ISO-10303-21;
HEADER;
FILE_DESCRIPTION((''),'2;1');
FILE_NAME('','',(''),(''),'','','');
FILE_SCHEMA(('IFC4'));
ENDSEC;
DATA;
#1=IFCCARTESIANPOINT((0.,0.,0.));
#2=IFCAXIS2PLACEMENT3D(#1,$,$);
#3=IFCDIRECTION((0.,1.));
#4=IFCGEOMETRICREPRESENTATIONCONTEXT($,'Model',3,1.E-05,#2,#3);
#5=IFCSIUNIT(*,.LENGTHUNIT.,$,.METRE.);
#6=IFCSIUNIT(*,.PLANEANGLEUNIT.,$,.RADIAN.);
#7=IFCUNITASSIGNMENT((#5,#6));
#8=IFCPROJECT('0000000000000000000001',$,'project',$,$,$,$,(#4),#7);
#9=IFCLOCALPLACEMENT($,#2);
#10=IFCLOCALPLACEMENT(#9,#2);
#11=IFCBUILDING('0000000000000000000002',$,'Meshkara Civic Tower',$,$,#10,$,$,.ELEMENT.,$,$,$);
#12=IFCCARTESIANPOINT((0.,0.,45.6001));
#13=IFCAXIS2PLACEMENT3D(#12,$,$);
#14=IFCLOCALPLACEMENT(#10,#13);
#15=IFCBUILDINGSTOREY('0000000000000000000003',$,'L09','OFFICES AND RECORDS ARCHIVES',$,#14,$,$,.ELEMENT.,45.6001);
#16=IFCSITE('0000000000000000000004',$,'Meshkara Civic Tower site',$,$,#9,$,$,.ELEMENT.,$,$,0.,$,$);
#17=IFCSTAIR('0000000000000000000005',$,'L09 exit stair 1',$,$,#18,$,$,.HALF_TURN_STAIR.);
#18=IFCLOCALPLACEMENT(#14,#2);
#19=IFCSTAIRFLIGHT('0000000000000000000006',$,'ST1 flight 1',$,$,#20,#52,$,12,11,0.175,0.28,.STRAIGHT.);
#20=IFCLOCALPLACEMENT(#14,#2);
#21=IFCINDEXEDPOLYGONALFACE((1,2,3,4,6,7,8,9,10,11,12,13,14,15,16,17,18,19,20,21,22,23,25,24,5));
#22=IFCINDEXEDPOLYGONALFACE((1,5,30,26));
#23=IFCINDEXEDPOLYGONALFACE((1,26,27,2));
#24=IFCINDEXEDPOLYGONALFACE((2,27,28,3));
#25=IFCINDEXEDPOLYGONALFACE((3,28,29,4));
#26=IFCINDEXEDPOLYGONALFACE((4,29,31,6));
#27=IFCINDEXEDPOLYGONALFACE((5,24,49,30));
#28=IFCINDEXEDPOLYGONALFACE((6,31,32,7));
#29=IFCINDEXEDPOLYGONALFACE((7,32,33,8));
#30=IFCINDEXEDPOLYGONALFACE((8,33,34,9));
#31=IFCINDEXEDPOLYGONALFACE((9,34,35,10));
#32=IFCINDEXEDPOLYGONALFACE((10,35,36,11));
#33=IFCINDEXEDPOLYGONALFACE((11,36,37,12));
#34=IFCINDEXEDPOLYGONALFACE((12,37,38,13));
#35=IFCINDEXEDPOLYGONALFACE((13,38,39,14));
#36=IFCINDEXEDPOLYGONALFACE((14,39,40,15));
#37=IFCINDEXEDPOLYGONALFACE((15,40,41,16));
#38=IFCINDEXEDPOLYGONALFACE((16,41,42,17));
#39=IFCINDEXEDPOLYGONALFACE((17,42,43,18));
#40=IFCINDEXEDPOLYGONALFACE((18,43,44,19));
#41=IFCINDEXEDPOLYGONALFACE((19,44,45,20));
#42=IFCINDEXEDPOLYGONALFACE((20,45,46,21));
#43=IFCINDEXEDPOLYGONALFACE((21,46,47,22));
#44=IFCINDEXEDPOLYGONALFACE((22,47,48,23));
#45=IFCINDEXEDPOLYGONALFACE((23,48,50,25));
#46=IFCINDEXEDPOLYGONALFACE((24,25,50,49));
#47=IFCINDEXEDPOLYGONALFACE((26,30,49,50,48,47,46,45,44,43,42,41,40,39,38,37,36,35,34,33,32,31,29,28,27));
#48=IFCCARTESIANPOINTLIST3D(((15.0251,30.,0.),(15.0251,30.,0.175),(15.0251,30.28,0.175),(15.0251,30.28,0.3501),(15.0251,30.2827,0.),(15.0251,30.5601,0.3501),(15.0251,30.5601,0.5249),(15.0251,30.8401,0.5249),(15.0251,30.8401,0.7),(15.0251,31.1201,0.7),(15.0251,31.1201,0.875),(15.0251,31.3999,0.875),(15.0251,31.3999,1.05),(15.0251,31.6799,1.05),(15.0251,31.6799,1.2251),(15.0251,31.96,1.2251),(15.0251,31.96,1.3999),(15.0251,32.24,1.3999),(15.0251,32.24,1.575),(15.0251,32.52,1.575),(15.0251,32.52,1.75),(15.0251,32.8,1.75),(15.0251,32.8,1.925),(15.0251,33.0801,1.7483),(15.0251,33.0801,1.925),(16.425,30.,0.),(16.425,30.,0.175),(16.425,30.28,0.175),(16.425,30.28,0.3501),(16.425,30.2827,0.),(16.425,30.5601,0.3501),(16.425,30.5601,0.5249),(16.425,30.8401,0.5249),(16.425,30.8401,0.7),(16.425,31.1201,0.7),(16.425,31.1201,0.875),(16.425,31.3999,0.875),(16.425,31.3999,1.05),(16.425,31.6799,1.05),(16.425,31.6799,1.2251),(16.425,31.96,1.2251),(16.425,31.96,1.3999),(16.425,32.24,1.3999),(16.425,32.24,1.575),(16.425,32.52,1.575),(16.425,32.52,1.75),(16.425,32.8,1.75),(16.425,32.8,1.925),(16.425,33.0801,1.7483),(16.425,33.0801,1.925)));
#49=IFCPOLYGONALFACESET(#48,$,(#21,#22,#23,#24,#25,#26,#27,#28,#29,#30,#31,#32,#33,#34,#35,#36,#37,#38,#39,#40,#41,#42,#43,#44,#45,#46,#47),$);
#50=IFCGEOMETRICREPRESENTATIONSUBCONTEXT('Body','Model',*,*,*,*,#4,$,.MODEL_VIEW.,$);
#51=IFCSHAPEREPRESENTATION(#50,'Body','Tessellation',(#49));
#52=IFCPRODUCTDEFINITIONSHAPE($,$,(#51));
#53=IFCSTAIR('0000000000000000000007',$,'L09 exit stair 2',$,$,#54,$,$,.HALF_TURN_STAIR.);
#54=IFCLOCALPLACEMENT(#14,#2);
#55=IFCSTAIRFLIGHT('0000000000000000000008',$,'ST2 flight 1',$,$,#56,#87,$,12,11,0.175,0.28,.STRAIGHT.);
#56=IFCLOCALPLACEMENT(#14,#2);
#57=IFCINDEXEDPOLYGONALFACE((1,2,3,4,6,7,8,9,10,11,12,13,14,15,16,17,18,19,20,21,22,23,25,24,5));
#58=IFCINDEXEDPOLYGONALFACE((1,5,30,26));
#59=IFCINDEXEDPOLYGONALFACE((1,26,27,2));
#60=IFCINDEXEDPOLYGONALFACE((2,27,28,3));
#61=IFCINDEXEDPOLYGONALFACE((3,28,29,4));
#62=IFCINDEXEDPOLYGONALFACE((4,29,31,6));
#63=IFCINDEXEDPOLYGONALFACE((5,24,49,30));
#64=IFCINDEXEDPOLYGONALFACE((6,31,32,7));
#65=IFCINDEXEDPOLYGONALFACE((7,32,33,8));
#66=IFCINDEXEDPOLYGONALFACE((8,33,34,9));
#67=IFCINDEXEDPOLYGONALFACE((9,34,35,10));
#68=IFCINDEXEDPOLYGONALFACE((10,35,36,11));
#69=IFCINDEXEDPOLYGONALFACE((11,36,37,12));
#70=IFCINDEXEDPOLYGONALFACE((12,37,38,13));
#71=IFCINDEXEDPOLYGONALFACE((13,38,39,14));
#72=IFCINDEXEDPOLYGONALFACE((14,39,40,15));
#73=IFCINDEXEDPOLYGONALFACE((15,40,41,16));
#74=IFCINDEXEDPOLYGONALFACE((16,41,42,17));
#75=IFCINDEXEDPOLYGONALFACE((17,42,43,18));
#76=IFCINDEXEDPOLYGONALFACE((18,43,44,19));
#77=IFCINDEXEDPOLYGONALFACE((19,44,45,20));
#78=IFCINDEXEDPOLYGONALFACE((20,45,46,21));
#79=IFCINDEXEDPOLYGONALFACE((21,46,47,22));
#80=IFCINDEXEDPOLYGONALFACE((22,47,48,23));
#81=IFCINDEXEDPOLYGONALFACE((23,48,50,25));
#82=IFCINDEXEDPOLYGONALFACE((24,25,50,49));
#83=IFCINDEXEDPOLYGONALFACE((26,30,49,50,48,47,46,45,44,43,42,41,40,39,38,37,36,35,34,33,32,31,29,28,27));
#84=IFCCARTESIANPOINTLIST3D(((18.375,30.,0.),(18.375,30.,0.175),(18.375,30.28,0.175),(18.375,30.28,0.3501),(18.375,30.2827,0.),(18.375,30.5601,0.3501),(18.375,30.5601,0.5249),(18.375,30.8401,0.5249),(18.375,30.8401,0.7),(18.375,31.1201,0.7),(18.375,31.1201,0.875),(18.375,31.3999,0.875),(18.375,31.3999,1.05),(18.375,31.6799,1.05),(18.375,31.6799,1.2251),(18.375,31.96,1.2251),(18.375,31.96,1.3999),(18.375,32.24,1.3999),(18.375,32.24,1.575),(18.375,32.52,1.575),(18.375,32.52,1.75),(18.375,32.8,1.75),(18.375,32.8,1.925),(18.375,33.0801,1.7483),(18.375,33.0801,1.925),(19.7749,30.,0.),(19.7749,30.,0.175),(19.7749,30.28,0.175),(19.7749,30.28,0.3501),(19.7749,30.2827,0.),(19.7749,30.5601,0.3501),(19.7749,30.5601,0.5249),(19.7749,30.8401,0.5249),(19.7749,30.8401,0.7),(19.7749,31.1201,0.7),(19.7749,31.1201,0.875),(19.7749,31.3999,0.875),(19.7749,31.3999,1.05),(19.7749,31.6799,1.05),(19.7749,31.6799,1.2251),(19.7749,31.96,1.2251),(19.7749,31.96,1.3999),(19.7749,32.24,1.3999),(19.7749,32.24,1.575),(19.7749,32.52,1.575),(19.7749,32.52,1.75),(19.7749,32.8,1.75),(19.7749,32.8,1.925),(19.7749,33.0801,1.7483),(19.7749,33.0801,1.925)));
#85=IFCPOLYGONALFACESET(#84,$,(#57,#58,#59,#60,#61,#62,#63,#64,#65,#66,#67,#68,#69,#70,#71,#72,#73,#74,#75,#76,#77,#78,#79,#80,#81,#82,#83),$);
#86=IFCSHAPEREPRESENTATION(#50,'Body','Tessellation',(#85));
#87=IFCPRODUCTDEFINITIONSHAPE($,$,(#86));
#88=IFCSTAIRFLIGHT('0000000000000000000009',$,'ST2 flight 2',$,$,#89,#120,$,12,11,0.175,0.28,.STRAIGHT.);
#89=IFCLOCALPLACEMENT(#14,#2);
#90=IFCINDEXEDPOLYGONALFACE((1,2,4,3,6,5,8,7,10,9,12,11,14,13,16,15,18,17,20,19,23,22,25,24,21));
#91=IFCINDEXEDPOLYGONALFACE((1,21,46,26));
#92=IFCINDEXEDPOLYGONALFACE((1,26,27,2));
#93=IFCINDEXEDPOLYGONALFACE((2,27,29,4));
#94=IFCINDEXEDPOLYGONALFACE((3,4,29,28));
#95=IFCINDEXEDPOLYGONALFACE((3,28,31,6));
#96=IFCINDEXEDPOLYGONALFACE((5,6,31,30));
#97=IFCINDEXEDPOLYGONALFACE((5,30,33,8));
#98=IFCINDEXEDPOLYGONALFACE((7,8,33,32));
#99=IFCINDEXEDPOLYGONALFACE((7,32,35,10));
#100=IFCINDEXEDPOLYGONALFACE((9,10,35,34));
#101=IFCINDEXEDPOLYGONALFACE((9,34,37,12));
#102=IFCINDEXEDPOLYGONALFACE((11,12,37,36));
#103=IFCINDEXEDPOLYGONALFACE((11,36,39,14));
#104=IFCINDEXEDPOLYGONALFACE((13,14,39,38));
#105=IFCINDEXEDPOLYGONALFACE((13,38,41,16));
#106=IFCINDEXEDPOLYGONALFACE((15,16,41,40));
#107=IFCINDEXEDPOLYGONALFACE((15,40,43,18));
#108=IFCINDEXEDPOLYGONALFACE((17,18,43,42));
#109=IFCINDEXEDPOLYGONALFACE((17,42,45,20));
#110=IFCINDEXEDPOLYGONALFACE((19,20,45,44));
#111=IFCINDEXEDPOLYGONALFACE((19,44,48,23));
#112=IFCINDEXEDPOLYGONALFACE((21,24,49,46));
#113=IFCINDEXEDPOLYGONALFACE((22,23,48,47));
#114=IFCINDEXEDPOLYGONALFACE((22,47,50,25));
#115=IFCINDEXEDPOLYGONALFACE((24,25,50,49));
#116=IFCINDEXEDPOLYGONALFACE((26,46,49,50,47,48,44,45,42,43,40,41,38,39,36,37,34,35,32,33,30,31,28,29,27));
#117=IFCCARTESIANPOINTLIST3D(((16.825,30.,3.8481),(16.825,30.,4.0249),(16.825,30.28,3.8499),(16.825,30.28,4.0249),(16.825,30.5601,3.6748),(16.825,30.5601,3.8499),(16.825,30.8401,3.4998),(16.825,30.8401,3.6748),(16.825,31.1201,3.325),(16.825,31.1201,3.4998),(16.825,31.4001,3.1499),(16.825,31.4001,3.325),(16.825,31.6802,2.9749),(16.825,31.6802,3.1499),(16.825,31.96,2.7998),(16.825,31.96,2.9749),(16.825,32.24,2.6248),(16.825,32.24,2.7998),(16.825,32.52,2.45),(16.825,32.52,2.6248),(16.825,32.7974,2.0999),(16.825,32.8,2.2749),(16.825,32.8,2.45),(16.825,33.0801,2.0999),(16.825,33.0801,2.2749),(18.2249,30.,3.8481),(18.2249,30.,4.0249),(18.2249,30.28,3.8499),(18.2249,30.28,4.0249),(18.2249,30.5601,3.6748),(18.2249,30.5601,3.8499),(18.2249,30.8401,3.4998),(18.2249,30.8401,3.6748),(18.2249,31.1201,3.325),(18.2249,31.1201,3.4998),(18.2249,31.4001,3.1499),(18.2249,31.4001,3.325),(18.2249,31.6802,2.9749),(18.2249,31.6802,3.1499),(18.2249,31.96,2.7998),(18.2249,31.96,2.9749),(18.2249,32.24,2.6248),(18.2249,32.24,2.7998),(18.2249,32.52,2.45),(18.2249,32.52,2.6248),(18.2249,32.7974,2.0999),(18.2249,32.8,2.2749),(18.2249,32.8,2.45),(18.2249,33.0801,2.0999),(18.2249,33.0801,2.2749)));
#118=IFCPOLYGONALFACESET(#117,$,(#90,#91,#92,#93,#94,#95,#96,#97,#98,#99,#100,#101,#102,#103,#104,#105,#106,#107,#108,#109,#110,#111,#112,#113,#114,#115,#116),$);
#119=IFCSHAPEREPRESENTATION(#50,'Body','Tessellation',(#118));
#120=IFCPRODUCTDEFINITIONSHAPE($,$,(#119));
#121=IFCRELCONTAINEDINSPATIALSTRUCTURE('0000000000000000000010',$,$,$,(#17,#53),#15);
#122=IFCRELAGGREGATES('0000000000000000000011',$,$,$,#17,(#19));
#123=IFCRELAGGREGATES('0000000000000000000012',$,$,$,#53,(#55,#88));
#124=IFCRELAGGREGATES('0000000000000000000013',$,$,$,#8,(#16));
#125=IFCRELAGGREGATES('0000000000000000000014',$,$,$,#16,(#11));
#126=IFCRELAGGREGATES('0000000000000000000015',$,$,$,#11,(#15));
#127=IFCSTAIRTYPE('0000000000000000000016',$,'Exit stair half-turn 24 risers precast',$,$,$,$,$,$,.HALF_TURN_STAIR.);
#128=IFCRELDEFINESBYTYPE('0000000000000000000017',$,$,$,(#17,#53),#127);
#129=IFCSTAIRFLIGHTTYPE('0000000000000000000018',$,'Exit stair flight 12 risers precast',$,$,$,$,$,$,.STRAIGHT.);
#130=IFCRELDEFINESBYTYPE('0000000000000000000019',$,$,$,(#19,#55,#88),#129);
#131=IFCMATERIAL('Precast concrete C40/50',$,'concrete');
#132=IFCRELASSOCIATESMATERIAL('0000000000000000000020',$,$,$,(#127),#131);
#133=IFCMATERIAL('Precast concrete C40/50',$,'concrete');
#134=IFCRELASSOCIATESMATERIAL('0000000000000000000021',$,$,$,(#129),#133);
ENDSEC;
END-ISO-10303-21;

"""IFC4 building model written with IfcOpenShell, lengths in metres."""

from ifc_helpers import new_model, si_unit, direction, frame, origin, place, context, subcontext, project, spatial, polyline, outline, extrude, material, type_object, element, aggregate, save


model = new_model("IFC4")

# Units and contexts
model_context = context("Model", 3, precision=1e-05, world=origin(), true_north=direction((0.0, 1.0)))
body_context = subcontext(model_context, "Body", "Model", "MODEL_VIEW")
ifc_project = project(units=[si_unit("LENGTHUNIT", "METRE"), si_unit("PLANEANGLEUNIT", "RADIAN")], contexts=[model_context])

# Site, building, storey
site_placement = place(None, origin())
site = spatial("IfcSite", under=ifc_project, at=site_placement, Name="Meshkara Civic Tower site", CompositionType="ELEMENT", RefElevation=0.0)
building_placement = place(site_placement, origin())
building = spatial("IfcBuilding", under=site, at=building_placement, Name="Meshkara Civic Tower", CompositionType="ELEMENT")
storey_placement = place(building_placement, frame((0.0, 0.0, 45.6001)))
storey = spatial("IfcBuildingStorey", under=building, at=storey_placement, Name="L09", Description="OFFICES AND RECORDS ARCHIVES", CompositionType="ELEMENT", Elevation=45.6001)

# Stair, stair flight
ifc_material_1 = material(Name="Precast concrete C40/50", Category="concrete")
stair_type = type_object("IfcStairType", Name="Exit stair half-turn 24 risers precast", PredefinedType="HALF_TURN_STAIR", material=ifc_material_1)
stair_1_placement = place(storey_placement, origin())
stair_1 = element("IfcStair", 1, at=stair_1_placement, inside=storey, type_object=stair_type, Name="L09 exit stair 1", PredefinedType="HALF_TURN_STAIR")
ifc_material_2 = material(Name="Precast concrete C40/50", Category="concrete")
stair_flight_type = type_object("IfcStairFlightType", Name="Exit stair flight 12 risers precast", PredefinedType="STRAIGHT", material=ifc_material_2)
stair_flight_1_placement = place(storey_placement, frame((15.7251, 30.0, 0.0), z_axis=(0.0, 0.0, 1.0), x_axis=(0.0, 1.0, 0.0)))
stair_flight_1 = element("IfcStairFlight", 2, at=stair_flight_1_placement, type_object=stair_flight_type, Name="ST1 flight 1", NumberOfRisers=12, NumberOfTreads=11, PredefinedType="STRAIGHT", RiserHeight=0.175, TreadLength=0.28, context=body_context, shape_type="SweptSolid", body=[
    extrude(outline(polyline([(0.0, 0.0), (0.0, 0.175), (0.28, 0.175), (0.28, 0.3501), (0.5601, 0.3501), (0.5601, 0.5249), (0.8401, 0.5249), (0.8401, 0.7), (1.1201, 0.7), (1.1201, 0.875), (1.3999, 0.875), (1.3999, 1.05), (1.6799, 1.05), (1.6799, 1.2251), (1.96, 1.2251), (1.96, 1.3999), (2.24, 1.3999), (2.24, 1.575), (2.52, 1.575), (2.52, 1.75), (2.8, 1.75), (2.8, 1.925), (3.0801, 1.925), (3.0801, 2.1001), (3.0801, 1.7483), (0.2827, 0.0), (0.0, 0.0)])), frame((0.0, 0.7, 0.0), z_axis=(0.0, -1.0, 0.0), x_axis=(1.0, 0.0, 0.0)), (0.0, 0.0, 1.0), 1.3999),
])
aggregate(stair_1, [stair_flight_1])

# Stair, stair flights
stair_2_placement = place(storey_placement, origin())
stair_2 = element("IfcStair", 3, at=stair_2_placement, inside=storey, type_object=stair_type, Name="L09 exit stair 2", PredefinedType="HALF_TURN_STAIR")
stair_flight_2_placement = place(storey_placement, frame((19.075, 30.0, 0.0), z_axis=(0.0, 0.0, 1.0), x_axis=(0.0, 1.0, 0.0)))
stair_flight_2 = element("IfcStairFlight", 4, at=stair_flight_2_placement, type_object=stair_flight_type, Name="ST2 flight 1", NumberOfRisers=12, NumberOfTreads=11, PredefinedType="STRAIGHT", RiserHeight=0.175, TreadLength=0.28, context=body_context, shape_type="SweptSolid", body=[
    extrude(outline(polyline([(0.0, 0.0), (0.0, 0.175), (0.28, 0.175), (0.28, 0.3501), (0.5601, 0.3501), (0.5601, 0.5249), (0.8401, 0.5249), (0.8401, 0.7), (1.1201, 0.7), (1.1201, 0.875), (1.3999, 0.875), (1.3999, 1.05), (1.6799, 1.05), (1.6799, 1.2251), (1.96, 1.2251), (1.96, 1.3999), (2.24, 1.3999), (2.24, 1.575), (2.52, 1.575), (2.52, 1.75), (2.8, 1.75), (2.8, 1.925), (3.0801, 1.925), (3.0801, 2.1001), (3.0801, 1.7483), (0.2827, 0.0), (0.0, 0.0)])), frame((0.0, 0.7, 0.0), z_axis=(0.0, -1.0, 0.0), x_axis=(1.0, 0.0, 0.0)), (0.0, 0.0, 1.0), 1.3999),
])
stair_flight_3_placement = place(storey_placement, frame((17.5249, 33.0801, 2.0999), z_axis=(0.0, 0.0, 1.0), x_axis=(0.0, -1.0, 0.0)))
stair_flight_3 = element("IfcStairFlight", 5, at=stair_flight_3_placement, type_object=stair_flight_type, Name="ST2 flight 2", NumberOfRisers=12, NumberOfTreads=11, PredefinedType="STRAIGHT", RiserHeight=0.175, TreadLength=0.28, context=body_context, shape_type="SweptSolid", body=[
    extrude(outline(polyline([(0.0, 0.0), (0.0, 0.175), (0.28, 0.175), (0.28, 0.3501), (0.5601, 0.3501), (0.5601, 0.5249), (0.8401, 0.5249), (0.8401, 0.7), (1.1201, 0.7), (1.1201, 0.875), (1.3999, 0.875), (1.3999, 1.05), (1.6799, 1.05), (1.6799, 1.2251), (1.96, 1.2251), (1.96, 1.3999), (2.24, 1.3999), (2.24, 1.575), (2.52, 1.575), (2.52, 1.75), (2.8, 1.75), (2.8, 1.925), (3.0801, 1.925), (3.0801, 2.1001), (3.0801, 1.7483), (0.2827, 0.0), (0.0, 0.0)])), frame((0.0, 0.7, 0.0), z_axis=(0.0, -1.0, 0.0), x_axis=(1.0, 0.0, 0.0)), (0.0, 0.0, 1.0), 1.3999),
])
aggregate(stair_2, [stair_flight_2, stair_flight_3])

save(model, "model.ifc")
